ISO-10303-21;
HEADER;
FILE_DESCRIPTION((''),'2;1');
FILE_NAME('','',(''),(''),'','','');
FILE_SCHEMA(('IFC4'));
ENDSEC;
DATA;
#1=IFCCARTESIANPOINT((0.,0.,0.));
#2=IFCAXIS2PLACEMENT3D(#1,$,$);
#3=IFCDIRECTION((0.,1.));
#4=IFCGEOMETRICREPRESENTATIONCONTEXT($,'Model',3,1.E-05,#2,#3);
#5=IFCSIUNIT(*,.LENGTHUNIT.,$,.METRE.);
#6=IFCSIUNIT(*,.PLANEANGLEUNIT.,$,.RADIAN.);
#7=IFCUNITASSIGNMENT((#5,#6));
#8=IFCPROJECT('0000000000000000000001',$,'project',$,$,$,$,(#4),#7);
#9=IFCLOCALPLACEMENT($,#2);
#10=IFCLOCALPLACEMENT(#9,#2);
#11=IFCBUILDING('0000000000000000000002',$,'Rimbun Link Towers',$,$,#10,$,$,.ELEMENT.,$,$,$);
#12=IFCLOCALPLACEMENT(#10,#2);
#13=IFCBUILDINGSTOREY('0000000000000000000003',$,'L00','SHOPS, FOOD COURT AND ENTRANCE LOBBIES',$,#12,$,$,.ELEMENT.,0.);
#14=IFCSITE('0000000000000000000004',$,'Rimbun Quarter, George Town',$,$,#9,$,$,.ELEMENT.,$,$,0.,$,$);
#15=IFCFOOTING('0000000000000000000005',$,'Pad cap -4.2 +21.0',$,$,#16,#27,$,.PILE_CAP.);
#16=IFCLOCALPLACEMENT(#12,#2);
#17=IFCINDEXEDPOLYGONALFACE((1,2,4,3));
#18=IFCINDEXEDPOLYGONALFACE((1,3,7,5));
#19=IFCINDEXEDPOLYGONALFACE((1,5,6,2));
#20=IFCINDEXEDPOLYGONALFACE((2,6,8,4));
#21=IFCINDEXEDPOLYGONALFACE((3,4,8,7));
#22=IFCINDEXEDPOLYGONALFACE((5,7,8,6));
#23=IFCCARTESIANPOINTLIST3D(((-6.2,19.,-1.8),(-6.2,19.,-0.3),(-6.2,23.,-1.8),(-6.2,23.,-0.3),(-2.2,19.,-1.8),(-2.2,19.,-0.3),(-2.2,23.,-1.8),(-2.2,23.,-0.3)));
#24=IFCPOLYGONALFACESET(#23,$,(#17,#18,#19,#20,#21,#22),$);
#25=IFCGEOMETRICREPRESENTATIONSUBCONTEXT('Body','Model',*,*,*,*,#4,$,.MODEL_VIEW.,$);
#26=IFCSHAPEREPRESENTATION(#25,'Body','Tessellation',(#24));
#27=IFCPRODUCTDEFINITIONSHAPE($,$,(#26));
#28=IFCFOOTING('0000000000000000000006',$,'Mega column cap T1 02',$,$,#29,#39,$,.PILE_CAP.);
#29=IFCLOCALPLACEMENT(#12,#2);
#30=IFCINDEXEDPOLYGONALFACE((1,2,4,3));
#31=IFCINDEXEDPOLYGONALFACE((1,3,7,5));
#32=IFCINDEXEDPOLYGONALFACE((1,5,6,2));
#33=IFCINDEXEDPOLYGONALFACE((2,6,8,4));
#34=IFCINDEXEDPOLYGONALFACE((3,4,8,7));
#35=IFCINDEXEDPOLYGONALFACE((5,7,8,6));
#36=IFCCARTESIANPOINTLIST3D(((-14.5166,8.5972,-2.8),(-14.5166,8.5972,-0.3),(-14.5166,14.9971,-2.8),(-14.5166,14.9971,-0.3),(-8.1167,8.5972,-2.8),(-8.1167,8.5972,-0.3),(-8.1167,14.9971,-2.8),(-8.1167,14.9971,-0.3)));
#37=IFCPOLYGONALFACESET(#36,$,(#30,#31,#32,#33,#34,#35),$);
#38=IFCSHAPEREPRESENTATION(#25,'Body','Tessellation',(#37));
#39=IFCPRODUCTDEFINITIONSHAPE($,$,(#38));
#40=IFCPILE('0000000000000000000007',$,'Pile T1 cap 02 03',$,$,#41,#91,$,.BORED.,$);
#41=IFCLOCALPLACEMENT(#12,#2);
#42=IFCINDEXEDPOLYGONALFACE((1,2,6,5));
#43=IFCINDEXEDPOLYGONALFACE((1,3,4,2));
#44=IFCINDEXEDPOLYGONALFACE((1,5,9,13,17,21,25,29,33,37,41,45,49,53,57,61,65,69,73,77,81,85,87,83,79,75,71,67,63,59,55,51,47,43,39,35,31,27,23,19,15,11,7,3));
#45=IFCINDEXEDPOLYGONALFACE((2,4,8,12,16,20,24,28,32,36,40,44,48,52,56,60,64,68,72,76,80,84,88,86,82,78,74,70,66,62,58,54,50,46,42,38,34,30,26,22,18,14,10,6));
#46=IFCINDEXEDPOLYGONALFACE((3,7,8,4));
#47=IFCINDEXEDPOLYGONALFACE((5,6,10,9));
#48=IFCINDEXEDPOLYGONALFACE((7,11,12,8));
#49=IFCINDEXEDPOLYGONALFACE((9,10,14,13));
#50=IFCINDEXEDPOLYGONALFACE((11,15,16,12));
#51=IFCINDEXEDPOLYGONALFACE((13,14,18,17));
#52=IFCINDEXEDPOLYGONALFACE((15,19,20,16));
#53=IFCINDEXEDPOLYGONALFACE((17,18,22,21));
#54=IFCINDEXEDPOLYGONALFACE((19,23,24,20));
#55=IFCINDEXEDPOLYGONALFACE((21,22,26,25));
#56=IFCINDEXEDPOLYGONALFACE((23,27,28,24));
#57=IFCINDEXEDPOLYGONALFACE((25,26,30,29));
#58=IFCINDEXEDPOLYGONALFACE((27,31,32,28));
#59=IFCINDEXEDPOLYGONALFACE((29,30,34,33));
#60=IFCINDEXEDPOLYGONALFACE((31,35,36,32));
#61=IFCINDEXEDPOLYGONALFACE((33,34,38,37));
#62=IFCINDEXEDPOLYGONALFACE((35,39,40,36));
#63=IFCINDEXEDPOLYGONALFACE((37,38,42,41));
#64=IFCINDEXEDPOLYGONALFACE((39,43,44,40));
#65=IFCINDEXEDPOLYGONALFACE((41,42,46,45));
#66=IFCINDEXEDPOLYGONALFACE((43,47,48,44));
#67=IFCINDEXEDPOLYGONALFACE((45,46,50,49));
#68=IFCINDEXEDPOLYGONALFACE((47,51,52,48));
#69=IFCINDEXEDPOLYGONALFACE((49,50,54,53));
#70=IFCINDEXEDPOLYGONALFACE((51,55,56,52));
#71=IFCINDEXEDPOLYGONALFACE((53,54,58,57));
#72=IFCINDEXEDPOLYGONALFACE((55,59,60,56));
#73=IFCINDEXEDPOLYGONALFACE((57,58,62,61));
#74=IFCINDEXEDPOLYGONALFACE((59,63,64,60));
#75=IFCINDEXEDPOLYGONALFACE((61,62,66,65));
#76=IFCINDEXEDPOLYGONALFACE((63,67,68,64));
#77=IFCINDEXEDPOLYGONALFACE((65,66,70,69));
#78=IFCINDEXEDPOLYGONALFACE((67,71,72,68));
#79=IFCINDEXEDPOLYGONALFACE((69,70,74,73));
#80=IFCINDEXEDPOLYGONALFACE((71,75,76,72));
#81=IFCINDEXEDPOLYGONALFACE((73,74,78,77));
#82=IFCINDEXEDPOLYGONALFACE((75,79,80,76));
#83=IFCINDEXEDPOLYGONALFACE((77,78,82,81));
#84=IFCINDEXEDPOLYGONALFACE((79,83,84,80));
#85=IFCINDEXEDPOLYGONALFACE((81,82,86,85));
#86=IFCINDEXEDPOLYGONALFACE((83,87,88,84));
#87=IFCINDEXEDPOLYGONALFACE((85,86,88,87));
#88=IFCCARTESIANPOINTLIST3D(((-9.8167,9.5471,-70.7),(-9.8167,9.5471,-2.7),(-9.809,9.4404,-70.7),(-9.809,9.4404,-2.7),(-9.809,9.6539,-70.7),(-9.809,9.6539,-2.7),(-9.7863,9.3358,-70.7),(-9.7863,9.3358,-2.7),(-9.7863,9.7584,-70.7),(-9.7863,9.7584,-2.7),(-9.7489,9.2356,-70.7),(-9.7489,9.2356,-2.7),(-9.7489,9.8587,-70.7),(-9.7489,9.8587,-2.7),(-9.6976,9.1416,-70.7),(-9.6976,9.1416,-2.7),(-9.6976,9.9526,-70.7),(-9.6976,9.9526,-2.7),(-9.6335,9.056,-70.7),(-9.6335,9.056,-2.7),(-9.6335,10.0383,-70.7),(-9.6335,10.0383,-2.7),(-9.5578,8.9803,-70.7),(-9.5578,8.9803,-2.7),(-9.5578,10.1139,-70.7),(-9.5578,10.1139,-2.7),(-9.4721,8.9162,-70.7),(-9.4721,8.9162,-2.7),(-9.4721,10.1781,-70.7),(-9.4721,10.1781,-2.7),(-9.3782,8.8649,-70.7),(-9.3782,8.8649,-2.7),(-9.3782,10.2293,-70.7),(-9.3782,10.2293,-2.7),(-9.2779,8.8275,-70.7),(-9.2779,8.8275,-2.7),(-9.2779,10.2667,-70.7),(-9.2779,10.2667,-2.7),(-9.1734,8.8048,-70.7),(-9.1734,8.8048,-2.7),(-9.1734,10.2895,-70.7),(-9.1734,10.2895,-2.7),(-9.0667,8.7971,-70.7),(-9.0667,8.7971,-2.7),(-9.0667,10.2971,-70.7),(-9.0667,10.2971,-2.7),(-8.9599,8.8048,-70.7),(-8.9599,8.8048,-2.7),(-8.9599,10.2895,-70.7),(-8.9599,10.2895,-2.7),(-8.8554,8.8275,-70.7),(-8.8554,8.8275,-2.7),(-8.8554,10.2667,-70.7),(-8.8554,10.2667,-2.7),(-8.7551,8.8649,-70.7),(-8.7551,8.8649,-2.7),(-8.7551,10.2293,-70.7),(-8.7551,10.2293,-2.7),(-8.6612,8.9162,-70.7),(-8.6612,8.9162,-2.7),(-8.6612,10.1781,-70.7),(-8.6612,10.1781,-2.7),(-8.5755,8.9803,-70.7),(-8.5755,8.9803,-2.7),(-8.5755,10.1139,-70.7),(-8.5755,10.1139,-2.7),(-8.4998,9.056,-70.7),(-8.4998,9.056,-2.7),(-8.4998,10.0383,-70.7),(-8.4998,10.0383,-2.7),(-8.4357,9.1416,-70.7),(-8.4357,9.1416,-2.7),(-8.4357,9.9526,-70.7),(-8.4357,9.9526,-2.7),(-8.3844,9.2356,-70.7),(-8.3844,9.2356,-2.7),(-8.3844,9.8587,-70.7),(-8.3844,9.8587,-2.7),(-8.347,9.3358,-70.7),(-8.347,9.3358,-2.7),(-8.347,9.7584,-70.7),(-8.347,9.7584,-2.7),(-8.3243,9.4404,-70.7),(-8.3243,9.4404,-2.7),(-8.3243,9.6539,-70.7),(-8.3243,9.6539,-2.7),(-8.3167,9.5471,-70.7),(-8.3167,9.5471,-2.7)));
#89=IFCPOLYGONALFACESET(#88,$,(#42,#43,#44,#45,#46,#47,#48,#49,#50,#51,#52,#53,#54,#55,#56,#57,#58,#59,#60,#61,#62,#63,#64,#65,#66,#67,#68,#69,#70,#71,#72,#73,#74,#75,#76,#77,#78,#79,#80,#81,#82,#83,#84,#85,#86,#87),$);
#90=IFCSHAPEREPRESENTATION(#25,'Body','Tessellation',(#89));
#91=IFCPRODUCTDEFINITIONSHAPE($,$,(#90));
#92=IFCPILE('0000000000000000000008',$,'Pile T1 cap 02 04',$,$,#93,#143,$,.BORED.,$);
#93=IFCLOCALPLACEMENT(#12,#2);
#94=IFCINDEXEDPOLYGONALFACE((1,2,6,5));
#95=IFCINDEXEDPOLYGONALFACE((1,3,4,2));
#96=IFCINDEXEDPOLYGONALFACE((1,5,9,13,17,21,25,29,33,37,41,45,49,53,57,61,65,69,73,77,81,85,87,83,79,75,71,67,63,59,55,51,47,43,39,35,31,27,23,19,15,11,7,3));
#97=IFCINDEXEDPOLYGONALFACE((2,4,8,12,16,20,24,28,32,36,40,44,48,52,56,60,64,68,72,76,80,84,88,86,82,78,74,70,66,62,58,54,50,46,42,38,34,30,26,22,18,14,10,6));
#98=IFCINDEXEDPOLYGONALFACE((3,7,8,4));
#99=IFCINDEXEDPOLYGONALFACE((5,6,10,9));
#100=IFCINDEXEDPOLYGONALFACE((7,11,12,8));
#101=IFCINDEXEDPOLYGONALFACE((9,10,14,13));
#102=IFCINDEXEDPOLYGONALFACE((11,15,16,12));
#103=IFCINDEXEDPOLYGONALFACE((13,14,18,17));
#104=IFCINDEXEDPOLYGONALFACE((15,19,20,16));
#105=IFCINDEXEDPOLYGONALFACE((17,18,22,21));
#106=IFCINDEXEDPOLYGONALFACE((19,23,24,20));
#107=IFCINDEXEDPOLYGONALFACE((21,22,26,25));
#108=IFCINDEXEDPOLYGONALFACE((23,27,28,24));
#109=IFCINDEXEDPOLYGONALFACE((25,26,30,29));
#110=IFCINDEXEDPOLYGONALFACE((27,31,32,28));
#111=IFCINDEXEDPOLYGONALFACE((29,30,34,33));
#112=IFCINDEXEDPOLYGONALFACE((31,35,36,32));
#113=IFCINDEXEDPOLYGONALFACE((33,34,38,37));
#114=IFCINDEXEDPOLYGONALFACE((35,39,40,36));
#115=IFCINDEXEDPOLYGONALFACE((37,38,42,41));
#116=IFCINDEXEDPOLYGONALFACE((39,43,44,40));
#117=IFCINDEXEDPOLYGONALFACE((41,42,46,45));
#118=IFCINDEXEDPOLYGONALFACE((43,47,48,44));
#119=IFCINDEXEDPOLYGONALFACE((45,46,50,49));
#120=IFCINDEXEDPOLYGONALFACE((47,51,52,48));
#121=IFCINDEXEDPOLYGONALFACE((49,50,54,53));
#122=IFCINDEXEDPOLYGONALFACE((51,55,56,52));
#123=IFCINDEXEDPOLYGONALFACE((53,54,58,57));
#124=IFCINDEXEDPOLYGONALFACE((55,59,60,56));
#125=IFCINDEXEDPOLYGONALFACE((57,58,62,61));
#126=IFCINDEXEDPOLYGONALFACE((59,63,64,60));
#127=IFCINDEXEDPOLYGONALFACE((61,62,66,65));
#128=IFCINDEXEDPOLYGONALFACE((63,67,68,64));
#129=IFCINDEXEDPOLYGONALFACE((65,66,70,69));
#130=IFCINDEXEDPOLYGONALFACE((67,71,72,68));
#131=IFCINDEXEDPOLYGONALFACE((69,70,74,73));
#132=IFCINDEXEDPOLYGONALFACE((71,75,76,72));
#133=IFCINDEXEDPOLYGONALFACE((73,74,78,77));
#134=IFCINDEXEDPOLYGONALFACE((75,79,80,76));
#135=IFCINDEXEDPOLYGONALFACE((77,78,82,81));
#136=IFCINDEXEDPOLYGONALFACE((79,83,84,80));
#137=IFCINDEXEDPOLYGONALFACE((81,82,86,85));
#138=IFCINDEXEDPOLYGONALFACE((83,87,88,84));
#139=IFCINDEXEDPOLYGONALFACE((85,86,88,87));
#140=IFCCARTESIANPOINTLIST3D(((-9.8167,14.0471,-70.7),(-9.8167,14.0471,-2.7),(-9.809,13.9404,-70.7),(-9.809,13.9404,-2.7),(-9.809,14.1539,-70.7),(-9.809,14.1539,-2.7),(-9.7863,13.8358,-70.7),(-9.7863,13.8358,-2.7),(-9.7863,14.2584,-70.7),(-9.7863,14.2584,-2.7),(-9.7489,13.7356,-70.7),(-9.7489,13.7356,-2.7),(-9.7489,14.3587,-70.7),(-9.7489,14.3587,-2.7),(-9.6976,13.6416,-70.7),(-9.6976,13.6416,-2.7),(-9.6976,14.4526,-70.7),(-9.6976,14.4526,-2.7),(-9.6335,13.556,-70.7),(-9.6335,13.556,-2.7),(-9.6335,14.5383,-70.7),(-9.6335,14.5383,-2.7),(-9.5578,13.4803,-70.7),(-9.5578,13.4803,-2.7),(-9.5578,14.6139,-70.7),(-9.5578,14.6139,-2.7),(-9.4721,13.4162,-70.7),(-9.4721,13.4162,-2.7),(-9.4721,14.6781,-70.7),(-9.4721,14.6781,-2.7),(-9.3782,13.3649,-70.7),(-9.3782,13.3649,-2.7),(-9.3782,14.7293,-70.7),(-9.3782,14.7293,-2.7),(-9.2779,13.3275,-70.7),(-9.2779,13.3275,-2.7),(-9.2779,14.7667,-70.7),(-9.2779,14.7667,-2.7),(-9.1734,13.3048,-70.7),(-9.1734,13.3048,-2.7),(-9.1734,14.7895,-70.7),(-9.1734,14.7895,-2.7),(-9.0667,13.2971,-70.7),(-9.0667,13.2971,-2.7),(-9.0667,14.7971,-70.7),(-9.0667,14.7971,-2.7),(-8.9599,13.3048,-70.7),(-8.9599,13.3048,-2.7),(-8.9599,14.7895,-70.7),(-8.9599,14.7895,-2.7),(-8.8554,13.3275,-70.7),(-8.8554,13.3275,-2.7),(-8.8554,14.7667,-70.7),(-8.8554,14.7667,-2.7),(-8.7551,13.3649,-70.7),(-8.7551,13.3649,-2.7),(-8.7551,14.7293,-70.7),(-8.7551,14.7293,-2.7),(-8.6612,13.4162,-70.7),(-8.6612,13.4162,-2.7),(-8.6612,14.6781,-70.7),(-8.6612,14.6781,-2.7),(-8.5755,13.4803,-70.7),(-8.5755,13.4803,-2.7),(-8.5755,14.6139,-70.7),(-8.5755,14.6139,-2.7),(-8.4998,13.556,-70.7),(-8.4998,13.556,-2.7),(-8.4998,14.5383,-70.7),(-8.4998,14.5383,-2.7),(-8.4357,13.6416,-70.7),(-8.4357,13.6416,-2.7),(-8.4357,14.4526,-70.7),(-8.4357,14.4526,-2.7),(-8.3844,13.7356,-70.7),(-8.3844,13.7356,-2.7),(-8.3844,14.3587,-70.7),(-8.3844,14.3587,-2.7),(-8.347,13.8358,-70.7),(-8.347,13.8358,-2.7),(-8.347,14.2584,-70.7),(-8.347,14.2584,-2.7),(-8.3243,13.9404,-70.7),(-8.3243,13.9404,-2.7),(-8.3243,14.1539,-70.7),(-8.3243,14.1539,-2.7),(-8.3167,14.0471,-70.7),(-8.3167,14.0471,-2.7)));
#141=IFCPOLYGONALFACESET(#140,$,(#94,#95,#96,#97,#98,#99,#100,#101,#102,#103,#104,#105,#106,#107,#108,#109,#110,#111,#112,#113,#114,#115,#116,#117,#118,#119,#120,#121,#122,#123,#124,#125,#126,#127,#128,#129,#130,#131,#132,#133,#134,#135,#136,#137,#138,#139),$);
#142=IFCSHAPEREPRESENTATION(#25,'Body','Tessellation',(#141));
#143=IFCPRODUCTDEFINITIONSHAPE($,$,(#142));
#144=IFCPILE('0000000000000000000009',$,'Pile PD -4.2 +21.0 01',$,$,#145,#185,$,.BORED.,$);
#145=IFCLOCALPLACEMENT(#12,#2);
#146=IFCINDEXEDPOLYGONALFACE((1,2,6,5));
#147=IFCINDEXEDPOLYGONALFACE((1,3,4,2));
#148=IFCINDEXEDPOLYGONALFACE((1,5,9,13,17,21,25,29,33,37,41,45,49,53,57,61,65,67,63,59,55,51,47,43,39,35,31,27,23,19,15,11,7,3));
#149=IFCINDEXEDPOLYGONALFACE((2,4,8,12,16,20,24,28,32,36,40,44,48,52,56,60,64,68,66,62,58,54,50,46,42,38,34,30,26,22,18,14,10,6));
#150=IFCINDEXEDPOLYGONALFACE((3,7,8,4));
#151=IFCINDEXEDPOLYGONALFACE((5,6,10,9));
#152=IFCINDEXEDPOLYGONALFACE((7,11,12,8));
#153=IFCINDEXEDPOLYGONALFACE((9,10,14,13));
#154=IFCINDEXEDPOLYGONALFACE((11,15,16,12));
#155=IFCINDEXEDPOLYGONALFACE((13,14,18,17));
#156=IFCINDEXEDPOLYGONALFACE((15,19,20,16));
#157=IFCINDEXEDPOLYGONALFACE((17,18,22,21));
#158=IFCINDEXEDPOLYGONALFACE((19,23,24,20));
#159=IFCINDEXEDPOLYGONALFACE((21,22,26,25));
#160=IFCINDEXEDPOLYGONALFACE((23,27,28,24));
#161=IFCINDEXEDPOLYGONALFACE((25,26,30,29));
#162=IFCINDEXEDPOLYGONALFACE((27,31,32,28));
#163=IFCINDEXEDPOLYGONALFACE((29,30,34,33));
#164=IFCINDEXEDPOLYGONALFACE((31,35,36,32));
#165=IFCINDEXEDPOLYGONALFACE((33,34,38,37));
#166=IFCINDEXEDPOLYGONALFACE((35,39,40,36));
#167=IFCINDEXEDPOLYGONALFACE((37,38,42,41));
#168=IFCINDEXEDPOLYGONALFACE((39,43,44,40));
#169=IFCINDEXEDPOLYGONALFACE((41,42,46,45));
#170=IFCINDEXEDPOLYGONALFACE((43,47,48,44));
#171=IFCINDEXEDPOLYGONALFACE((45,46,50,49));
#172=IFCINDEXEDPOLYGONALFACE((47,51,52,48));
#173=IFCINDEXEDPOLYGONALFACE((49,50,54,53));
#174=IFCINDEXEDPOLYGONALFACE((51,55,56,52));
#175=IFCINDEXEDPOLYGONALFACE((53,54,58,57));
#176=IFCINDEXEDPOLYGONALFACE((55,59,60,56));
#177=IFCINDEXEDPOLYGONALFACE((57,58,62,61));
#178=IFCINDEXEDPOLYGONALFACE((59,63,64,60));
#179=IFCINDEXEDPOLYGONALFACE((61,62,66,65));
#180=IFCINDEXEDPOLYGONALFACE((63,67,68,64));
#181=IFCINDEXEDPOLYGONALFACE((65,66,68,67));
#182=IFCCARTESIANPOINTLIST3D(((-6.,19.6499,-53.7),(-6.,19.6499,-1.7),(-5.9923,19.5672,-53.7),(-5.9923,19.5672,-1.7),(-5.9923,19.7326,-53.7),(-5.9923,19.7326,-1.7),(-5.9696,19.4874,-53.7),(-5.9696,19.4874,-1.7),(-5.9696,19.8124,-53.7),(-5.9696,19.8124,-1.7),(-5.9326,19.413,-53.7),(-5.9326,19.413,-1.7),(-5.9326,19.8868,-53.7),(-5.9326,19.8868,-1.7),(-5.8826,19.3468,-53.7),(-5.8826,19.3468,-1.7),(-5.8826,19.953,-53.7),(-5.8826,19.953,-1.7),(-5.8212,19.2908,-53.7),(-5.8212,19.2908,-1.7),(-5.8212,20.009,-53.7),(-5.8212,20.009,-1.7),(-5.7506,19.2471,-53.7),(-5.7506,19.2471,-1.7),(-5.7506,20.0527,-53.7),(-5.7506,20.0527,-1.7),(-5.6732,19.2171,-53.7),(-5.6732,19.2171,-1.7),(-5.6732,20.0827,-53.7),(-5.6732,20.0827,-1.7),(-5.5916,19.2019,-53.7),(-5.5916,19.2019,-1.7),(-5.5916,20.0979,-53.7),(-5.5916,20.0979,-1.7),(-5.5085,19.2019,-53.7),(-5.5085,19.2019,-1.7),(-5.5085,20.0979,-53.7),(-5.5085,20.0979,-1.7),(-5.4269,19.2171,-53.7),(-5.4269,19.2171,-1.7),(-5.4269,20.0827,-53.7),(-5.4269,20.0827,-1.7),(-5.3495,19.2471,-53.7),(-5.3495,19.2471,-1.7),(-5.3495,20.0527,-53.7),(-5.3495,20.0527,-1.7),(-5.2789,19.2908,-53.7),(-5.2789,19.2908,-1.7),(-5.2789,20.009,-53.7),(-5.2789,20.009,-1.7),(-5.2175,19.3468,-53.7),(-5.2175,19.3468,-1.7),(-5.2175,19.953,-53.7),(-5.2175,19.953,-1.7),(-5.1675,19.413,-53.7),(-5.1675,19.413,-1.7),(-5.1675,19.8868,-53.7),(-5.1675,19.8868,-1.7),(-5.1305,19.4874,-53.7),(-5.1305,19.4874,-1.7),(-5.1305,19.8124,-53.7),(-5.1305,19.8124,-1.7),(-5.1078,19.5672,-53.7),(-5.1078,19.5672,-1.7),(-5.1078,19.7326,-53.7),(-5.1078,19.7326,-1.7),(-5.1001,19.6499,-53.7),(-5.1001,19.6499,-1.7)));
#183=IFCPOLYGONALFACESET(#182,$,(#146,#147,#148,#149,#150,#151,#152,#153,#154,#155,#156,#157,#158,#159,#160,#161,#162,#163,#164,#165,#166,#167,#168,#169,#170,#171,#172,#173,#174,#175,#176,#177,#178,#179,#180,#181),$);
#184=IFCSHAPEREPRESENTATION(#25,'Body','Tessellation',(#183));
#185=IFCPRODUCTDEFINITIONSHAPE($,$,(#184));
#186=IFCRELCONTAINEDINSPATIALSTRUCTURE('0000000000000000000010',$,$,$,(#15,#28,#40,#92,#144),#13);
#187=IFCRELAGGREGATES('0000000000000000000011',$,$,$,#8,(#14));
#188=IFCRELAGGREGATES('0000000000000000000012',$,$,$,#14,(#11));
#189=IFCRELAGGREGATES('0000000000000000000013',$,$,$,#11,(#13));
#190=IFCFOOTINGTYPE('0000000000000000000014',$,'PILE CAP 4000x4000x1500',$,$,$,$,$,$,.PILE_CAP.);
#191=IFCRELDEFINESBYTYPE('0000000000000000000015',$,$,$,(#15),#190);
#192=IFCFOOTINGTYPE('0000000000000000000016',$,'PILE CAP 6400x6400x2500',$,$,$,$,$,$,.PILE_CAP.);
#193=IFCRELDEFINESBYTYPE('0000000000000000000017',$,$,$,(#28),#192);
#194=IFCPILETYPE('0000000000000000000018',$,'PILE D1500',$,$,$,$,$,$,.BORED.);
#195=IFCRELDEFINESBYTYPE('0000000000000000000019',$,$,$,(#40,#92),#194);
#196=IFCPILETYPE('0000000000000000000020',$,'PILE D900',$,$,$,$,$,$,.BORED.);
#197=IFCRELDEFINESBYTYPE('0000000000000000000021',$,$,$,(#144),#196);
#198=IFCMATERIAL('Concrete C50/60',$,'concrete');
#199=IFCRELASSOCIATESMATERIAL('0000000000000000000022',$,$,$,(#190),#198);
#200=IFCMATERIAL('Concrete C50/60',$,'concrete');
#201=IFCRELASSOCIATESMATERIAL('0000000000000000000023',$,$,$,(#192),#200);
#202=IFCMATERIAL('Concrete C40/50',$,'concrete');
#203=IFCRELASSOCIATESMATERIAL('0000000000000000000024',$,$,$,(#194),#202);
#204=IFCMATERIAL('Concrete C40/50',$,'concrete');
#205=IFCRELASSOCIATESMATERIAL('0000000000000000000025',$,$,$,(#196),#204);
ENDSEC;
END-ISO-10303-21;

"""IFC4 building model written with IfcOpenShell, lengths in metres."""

from ifc_helpers import new_model, si_unit, direction, frame, origin, origin_2d, place, context, subcontext, project, spatial, rectangle, circle, extrude, material, material_profile, profile_set, type_object, element, save


model = new_model("IFC4")

# Units and contexts
model_context = context("Model", 3, precision=1e-05, world=origin(), true_north=direction((0.0, 1.0)))
body_context = subcontext(model_context, "Body", "Model", "MODEL_VIEW")
ifc_project = project(units=[si_unit("LENGTHUNIT", "METRE"), si_unit("PLANEANGLEUNIT", "RADIAN")], contexts=[model_context])

# Site, building, storey
site_placement = place(None, origin())
site = spatial("IfcSite", under=ifc_project, at=site_placement, Name="Rimbun Quarter, George Town", CompositionType="ELEMENT", RefElevation=0.0)
building_placement = place(site_placement, origin())
building = spatial("IfcBuilding", under=site, at=building_placement, Name="Rimbun Link Towers", CompositionType="ELEMENT")
storey_placement = place(building_placement, origin())
storey = spatial("IfcBuildingStorey", under=building, at=storey_placement, Name="L00", Description="SHOPS, FOOD COURT AND ENTRANCE LOBBIES", CompositionType="ELEMENT", Elevation=0.0)

# Footings
ifc_material_1 = material(Name="Concrete C50/60", Category="concrete")
footing_type_1 = type_object("IfcFootingType", Name="PILE CAP 4000x4000x1500", PredefinedType="PILE_CAP", material=ifc_material_1)
footing_1_placement = place(storey_placement, frame((-4.2, 21.0, -1.8), z_axis=(0.0, 0.0, 1.0), x_axis=(1.0, 0.0, 0.0)))
element("IfcFooting", 1, at=footing_1_placement, inside=storey, type_object=footing_type_1, Name="Pad cap -4.2 +21.0", PredefinedType="PILE_CAP", context=body_context, shape_type="SweptSolid", body=[
    extrude(rectangle(XDim=4.0, YDim=4.0, at=origin_2d()), origin(), (0.0, 0.0, 1.0), 1.5),
])
ifc_material_2 = material(Name="Concrete C50/60", Category="concrete")
footing_type_2 = type_object("IfcFootingType", Name="PILE CAP 6400x6400x2500", PredefinedType="PILE_CAP", material=ifc_material_2)
footing_2_placement = place(storey_placement, frame((-11.3167, 11.7971, -2.8), z_axis=(0.0, 0.0, 1.0), x_axis=(1.0, 0.0, 0.0)))
element("IfcFooting", 2, at=footing_2_placement, inside=storey, type_object=footing_type_2, Name="Mega column cap T1 02", PredefinedType="PILE_CAP", context=body_context, shape_type="SweptSolid", body=[
    extrude(rectangle(XDim=6.3999, YDim=6.3999, at=origin_2d()), origin(), (0.0, 0.0, 1.0), 2.5),
])

# Piles
ifc_material_3 = material(Name="Concrete C40/50", Category="concrete")
ifc_material_profile_1 = material_profile(ifc_material_3, circle(Radius=0.75, at=origin_2d()), Name="PILE D1500")
ifc_profile_set_1 = profile_set([ifc_material_profile_1], Name="Concrete C40/50")
pile_type_1 = type_object("IfcPileType", Name="PILE D1500", PredefinedType="BORED", material=ifc_profile_set_1)
for number, where, z_axis, x_axis, name in (
    (3, (-9.0667, 9.5471, -2.7), (0.0, 0.0, -1.0), (1.0, 0.0, 0.0), "Pile T1 cap 02 03"),
    (4, (-9.0667, 14.0471, -2.7), (0.0, 0.0, -1.0), (1.0, 0.0, 0.0), "Pile T1 cap 02 04"),
):
    element("IfcPile", number, at=place(storey_placement, frame(where, z_axis=z_axis, x_axis=x_axis)), inside=storey, type_object=pile_type_1, Name=name, PredefinedType="BORED", context=body_context, shape_type="SweptSolid", body=[
        extrude(circle(Radius=0.75, at=origin_2d()), origin(), (0.0, 0.0, 1.0), 68.0),
    ])
ifc_material_4 = material(Name="Concrete C40/50", Category="concrete")
ifc_material_profile_2 = material_profile(ifc_material_4, circle(Radius=0.45, at=origin_2d()), Name="PILE D900")
ifc_profile_set_2 = profile_set([ifc_material_profile_2], Name="Concrete C40/50")
pile_type_2 = type_object("IfcPileType", Name="PILE D900", PredefinedType="BORED", material=ifc_profile_set_2)
for number, where, z_axis, x_axis, name in (
    (5, (-5.55, 19.6499, -1.7), (0.0, 0.0, -1.0), (1.0, 0.0, 0.0), "Pile PD -4.2 +21.0 01"),
):
    element("IfcPile", number, at=place(storey_placement, frame(where, z_axis=z_axis, x_axis=x_axis)), inside=storey, type_object=pile_type_2, Name=name, PredefinedType="BORED", context=body_context, shape_type="SweptSolid", body=[
        extrude(circle(Radius=0.45, at=origin_2d()), origin(), (0.0, 0.0, 1.0), 52.0),
    ])

save(model, "model.ifc")
